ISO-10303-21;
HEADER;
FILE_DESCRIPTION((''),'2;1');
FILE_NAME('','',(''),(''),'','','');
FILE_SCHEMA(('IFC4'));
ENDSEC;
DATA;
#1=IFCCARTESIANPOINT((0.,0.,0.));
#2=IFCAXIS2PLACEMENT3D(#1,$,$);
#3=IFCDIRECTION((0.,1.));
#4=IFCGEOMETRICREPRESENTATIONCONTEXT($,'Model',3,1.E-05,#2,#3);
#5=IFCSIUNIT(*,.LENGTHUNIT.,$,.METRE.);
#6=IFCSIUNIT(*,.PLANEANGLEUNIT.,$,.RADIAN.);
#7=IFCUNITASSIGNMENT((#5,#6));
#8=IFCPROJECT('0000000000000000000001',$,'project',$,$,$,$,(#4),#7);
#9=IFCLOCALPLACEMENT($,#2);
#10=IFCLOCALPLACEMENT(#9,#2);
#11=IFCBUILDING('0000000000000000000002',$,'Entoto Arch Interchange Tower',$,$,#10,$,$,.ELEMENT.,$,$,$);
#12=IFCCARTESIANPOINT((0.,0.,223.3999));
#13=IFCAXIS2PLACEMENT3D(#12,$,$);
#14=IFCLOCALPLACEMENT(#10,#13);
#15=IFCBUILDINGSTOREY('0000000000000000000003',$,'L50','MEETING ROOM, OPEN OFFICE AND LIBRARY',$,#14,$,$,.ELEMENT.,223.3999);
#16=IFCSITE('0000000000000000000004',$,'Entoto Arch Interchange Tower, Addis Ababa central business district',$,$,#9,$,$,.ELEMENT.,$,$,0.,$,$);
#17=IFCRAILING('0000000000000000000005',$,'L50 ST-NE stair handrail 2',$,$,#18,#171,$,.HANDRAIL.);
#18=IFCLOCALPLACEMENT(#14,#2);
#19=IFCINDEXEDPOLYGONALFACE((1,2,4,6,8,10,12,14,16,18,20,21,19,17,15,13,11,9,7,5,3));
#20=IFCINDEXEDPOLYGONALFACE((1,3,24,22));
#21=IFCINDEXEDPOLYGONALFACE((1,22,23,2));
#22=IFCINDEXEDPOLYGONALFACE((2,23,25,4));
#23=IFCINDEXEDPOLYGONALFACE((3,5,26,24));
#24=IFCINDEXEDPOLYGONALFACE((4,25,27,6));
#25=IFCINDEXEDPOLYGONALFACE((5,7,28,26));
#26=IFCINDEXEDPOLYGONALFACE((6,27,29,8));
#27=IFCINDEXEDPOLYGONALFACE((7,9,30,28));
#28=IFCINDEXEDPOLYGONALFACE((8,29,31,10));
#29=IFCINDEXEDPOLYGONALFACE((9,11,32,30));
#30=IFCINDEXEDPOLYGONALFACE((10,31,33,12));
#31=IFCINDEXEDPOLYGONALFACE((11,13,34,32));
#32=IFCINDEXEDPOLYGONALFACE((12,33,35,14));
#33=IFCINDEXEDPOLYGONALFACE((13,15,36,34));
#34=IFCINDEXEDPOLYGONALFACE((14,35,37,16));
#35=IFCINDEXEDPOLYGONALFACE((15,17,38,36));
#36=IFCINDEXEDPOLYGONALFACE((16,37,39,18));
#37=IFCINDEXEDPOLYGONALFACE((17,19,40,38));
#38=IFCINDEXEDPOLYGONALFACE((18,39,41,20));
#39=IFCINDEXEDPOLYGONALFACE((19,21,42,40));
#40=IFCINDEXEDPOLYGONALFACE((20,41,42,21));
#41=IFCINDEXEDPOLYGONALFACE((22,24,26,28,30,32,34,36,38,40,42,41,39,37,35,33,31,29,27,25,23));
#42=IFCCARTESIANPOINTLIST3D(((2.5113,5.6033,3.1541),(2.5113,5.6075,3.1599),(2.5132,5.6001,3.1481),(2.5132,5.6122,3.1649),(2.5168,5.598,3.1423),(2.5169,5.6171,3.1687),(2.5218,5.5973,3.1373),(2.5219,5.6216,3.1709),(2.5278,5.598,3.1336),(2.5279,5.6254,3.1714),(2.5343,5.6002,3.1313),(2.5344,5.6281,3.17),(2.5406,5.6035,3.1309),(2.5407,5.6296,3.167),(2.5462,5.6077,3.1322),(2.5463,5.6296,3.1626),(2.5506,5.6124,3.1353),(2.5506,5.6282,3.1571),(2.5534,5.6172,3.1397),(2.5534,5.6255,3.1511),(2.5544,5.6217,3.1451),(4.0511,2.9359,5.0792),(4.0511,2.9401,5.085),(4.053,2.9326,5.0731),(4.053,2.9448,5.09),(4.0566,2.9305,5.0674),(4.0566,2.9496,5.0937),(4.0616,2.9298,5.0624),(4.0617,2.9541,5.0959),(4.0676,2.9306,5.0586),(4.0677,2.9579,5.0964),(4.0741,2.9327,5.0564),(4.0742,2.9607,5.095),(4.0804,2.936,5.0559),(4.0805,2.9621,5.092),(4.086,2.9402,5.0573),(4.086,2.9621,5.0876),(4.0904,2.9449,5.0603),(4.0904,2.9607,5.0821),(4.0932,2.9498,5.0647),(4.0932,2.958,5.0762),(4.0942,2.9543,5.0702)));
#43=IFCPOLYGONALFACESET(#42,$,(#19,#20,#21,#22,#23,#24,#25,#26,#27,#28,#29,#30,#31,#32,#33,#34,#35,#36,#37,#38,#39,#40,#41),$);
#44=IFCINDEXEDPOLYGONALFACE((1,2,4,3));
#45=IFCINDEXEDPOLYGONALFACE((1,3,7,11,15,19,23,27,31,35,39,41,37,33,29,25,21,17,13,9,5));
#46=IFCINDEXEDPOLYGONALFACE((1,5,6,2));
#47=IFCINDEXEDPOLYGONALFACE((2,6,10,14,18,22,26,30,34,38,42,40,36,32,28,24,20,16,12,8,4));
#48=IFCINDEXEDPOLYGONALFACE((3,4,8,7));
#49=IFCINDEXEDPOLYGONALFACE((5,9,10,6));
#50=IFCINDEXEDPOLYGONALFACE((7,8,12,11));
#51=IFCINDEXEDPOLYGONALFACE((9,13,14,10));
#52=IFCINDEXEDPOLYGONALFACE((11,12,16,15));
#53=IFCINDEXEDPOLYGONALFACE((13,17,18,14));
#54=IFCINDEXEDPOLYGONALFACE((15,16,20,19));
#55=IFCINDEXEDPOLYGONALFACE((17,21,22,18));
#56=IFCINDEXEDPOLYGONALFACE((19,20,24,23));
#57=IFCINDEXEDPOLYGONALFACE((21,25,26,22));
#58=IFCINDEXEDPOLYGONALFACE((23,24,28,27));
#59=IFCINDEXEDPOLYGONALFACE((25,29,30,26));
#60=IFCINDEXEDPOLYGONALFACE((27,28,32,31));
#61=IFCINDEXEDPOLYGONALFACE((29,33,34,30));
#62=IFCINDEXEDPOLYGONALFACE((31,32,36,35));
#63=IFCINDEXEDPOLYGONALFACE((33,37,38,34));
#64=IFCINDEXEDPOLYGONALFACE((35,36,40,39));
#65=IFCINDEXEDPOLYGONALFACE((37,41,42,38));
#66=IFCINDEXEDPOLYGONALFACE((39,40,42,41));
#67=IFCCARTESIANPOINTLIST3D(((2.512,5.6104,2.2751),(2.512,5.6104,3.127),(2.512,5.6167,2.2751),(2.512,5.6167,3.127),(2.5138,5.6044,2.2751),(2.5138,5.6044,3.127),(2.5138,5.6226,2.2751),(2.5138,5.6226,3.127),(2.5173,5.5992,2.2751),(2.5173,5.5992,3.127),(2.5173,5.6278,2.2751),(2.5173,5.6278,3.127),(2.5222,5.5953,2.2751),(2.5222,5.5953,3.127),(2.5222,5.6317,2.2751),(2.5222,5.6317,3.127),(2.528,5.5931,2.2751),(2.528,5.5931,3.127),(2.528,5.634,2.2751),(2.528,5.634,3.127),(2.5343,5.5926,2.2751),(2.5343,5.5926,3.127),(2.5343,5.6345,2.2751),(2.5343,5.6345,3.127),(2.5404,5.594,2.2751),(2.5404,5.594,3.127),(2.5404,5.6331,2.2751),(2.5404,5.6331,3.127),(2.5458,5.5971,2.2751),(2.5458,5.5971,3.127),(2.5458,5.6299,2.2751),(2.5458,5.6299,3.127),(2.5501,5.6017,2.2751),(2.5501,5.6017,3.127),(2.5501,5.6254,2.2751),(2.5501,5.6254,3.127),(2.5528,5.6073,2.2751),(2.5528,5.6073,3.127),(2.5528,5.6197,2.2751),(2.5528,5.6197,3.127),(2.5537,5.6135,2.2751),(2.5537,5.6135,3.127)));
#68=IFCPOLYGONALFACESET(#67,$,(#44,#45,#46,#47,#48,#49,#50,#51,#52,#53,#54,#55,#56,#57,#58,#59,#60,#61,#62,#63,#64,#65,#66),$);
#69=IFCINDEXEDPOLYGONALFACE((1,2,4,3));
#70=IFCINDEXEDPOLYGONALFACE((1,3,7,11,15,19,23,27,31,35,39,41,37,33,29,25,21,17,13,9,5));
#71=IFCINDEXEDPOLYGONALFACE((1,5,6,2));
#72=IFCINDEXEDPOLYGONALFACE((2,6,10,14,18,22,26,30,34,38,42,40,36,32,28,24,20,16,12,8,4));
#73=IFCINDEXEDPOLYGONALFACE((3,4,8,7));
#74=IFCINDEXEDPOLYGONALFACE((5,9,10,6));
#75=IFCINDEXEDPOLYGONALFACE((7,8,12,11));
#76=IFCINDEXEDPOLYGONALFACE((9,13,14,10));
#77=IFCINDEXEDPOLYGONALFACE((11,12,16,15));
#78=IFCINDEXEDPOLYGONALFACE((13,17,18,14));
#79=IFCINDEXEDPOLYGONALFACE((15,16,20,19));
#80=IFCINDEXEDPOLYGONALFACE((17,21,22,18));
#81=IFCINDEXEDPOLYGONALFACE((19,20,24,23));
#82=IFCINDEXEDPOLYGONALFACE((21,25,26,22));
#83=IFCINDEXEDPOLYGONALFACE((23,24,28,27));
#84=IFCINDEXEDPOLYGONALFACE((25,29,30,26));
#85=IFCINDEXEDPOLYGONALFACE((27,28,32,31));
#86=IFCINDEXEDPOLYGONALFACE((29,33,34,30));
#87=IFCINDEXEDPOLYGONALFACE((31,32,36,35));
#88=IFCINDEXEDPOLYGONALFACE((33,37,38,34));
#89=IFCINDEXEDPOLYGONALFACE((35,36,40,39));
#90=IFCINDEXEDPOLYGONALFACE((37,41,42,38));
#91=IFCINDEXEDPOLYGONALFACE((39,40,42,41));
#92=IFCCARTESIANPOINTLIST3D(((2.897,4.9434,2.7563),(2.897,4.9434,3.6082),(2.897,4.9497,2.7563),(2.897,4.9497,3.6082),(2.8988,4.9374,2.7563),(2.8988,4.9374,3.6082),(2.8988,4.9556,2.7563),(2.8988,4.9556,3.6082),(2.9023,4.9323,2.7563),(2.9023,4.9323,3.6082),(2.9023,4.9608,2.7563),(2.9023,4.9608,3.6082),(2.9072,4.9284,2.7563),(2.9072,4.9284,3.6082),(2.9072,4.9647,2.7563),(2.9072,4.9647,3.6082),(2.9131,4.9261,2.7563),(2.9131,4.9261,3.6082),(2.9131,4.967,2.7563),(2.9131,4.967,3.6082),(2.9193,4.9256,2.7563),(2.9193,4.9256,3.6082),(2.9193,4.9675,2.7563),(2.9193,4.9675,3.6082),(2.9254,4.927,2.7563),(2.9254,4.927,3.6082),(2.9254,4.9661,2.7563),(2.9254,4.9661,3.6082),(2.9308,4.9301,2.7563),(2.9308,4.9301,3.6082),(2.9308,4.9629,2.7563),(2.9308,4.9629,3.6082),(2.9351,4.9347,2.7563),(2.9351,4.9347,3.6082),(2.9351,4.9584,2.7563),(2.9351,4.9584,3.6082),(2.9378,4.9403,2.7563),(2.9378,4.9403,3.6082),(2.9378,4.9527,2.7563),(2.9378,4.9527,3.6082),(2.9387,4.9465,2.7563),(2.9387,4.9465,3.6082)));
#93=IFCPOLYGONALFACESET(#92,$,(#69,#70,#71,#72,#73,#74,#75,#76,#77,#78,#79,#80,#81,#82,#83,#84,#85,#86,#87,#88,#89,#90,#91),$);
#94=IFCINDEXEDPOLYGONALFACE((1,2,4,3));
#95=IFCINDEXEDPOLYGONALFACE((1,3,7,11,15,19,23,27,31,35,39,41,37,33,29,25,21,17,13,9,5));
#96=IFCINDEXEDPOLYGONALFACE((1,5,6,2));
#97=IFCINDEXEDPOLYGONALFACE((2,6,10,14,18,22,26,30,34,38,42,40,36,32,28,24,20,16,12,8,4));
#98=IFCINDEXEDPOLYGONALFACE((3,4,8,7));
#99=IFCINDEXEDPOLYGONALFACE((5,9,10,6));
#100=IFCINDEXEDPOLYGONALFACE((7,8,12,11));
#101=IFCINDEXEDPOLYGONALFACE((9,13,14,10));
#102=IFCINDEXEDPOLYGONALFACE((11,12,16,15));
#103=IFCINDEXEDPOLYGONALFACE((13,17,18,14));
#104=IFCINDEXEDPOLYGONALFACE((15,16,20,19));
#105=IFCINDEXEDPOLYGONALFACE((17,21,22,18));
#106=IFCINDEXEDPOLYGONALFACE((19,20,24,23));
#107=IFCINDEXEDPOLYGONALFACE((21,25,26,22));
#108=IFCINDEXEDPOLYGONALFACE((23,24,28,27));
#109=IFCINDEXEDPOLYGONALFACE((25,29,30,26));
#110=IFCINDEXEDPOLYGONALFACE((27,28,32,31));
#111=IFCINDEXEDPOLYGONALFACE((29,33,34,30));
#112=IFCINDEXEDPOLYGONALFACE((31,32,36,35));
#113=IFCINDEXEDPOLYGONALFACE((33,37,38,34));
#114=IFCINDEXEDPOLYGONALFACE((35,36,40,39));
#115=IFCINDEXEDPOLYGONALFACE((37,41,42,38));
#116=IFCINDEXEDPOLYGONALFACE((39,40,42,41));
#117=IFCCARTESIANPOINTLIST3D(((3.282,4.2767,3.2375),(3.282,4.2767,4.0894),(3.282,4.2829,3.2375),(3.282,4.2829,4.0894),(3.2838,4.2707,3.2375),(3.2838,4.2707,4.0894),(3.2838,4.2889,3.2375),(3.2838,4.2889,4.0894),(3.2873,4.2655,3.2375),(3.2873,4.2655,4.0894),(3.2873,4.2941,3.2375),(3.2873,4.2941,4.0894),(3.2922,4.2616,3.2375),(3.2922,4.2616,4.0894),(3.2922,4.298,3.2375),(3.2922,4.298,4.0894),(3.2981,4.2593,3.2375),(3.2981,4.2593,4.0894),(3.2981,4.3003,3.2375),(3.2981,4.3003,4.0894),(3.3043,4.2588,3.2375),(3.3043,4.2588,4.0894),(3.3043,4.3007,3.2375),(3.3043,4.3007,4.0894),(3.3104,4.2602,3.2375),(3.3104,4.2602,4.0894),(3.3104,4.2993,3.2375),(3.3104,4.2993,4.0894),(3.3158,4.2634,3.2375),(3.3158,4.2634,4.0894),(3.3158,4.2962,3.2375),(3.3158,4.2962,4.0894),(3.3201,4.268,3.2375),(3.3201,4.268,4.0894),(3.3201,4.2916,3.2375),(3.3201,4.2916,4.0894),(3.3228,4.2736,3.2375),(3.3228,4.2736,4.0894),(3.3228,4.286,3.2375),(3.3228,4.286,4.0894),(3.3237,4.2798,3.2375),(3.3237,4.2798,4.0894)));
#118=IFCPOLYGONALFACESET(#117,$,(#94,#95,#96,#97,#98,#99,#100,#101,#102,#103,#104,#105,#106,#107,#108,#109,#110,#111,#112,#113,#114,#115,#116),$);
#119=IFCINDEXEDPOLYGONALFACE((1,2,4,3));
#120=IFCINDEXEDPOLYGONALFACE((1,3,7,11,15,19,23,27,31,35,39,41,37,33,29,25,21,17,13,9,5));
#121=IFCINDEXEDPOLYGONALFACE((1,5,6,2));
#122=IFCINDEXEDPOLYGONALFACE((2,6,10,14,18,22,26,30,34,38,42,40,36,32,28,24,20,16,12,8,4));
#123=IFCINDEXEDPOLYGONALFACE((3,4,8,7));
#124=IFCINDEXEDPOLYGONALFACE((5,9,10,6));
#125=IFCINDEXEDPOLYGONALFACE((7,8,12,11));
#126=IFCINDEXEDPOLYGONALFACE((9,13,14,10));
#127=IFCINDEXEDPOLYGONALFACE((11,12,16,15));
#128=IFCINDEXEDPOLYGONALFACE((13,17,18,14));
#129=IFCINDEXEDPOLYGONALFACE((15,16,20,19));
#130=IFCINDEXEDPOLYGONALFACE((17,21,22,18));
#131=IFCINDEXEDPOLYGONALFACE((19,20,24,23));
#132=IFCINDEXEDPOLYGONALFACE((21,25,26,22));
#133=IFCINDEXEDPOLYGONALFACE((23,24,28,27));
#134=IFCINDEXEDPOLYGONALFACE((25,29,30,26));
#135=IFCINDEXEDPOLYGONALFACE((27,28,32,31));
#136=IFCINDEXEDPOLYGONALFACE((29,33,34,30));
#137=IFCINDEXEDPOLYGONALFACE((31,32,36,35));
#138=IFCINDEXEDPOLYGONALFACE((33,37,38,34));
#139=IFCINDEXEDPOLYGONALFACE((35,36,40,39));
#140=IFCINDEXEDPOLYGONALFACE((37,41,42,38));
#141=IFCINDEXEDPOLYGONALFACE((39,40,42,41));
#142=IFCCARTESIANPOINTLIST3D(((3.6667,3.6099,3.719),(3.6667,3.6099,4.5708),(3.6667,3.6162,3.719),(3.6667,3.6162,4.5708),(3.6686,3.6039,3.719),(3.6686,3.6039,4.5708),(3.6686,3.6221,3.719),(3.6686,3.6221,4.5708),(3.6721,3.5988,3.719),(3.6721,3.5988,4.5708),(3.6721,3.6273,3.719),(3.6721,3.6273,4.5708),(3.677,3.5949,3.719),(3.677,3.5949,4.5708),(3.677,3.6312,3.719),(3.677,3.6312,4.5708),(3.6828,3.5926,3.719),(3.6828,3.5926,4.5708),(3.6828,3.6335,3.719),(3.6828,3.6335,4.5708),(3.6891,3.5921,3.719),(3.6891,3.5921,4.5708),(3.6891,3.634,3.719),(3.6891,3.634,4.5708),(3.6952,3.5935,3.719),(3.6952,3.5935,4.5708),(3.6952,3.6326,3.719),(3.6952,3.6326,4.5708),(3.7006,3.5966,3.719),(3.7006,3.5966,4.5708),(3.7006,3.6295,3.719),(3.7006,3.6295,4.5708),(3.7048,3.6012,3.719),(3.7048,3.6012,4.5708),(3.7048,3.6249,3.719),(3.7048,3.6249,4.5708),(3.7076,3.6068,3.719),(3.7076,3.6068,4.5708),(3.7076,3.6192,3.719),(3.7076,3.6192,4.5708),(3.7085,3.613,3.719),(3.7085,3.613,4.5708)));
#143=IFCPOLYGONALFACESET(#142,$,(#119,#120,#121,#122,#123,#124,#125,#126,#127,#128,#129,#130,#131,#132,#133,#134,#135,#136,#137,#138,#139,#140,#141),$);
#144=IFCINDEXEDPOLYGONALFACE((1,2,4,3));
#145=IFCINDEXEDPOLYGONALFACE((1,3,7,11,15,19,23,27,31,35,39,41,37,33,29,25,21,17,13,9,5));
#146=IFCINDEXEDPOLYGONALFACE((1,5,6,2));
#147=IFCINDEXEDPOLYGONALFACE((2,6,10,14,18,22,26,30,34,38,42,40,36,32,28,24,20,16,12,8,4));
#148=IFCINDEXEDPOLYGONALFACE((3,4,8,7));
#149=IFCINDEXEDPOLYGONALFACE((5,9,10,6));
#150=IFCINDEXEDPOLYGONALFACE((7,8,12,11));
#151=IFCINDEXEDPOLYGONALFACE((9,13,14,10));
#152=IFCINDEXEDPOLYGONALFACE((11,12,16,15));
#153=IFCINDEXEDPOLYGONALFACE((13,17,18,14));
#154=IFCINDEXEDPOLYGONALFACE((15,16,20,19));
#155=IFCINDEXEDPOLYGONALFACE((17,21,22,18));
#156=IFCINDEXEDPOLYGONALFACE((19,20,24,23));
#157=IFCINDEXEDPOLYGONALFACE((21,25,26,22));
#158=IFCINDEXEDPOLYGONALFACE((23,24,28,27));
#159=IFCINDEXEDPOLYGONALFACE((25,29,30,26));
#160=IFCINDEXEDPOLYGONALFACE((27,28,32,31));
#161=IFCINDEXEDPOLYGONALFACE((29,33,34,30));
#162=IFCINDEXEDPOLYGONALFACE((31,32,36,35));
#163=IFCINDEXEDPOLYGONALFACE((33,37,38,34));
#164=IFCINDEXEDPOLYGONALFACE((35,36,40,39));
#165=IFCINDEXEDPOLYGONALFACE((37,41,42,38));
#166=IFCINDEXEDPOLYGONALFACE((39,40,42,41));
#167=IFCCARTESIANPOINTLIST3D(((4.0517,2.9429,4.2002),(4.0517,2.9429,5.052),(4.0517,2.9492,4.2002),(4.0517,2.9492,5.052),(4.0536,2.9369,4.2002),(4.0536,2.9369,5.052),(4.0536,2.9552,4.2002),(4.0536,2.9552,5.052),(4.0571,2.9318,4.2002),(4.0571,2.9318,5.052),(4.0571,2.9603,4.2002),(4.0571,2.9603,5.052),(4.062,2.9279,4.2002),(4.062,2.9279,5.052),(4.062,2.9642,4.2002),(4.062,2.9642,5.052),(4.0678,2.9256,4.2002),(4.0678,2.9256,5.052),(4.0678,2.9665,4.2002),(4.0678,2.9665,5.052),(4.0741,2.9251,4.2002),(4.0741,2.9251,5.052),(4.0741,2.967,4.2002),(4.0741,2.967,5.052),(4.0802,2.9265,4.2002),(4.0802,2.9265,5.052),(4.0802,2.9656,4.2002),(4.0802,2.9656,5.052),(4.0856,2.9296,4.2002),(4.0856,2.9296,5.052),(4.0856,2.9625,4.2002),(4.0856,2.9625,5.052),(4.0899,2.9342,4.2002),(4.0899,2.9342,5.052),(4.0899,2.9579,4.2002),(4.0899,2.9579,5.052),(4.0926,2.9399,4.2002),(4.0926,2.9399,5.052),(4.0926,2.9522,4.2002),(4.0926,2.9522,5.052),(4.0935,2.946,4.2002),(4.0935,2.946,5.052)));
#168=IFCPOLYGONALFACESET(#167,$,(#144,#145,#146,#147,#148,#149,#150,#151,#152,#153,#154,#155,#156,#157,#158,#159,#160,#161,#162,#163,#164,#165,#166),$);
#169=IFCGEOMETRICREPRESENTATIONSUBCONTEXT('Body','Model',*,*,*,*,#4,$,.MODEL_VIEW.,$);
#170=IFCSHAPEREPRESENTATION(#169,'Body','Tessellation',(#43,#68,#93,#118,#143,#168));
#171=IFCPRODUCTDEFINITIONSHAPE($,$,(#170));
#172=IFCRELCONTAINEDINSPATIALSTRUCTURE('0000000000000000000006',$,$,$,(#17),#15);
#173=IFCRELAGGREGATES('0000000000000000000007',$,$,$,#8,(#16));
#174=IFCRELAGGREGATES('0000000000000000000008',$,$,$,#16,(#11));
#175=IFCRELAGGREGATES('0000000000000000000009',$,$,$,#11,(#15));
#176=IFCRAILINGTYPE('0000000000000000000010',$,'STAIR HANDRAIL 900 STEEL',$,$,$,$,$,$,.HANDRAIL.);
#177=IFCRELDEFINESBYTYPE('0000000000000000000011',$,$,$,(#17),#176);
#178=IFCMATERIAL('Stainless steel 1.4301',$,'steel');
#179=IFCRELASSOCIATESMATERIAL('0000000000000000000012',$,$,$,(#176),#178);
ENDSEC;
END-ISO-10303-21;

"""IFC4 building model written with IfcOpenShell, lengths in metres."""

from ifc_helpers import new_model, si_unit, direction, frame, origin, origin_2d, place, context, subcontext, project, spatial, circle, extrude, material, type_object, element, save


model = new_model("IFC4")

# Units and contexts
model_context = context("Model", 3, precision=1e-05, world=origin(), true_north=direction((0.0, 1.0)))
body_context = subcontext(model_context, "Body", "Model", "MODEL_VIEW")
ifc_project = project(units=[si_unit("LENGTHUNIT", "METRE"), si_unit("PLANEANGLEUNIT", "RADIAN")], contexts=[model_context])

# Site, building, storey
site_placement = place(None, origin())
site = spatial("IfcSite", under=ifc_project, at=site_placement, Name="Entoto Arch Interchange Tower, Addis Ababa central business district", CompositionType="ELEMENT", RefElevation=0.0)
building_placement = place(site_placement, origin())
building = spatial("IfcBuilding", under=site, at=building_placement, Name="Entoto Arch Interchange Tower", CompositionType="ELEMENT")
storey_placement = place(building_placement, frame((0.0, 0.0, 223.3999)))
storey = spatial("IfcBuildingStorey", under=building, at=storey_placement, Name="L50", Description="MEETING ROOM, OPEN OFFICE AND LIBRARY", CompositionType="ELEMENT", Elevation=223.3999)

# Railing
ifc_material_1 = material(Name="Stainless steel 1.4301", Category="steel")
railing_type_1 = type_object("IfcRailingType", Name="STAIR HANDRAIL 900 STEEL", PredefinedType="HANDRAIL", material=ifc_material_1)
railing_1_placement = place(storey_placement, frame((2.5327, 5.6135, 2.2751)))
element("IfcRailing", 1, at=railing_1_placement, inside=storey, type_object=railing_type_1, Name="L50 ST-NE stair handrail 2", PredefinedType="HANDRAIL", context=body_context, shape_type="SweptSolid", body=[
    extrude(circle(Radius=0.0239, at=origin_2d()), frame((0.0, 0.0, 0.876), z_axis=(0.423939, -0.734416, 0.530008), x_axis=(0.866064, 0.499933, 0.0)), (0.0, 0.0, 1.0), 3.6321),
    extrude(circle(Radius=0.021, at=origin_2d()), origin(), (0.0, 0.0, 1.0), 0.8518),
    extrude(circle(Radius=0.021, at=origin_2d()), frame((0.385, -0.667, 0.4812)), (0.0, 0.0, 1.0), 0.8518),
    extrude(circle(Radius=0.021, at=origin_2d()), frame((0.77, -1.3337, 0.9624)), (0.0, 0.0, 1.0), 0.8518),
    extrude(circle(Radius=0.021, at=origin_2d()), frame((1.1548, -2.0005, 1.4438)), (0.0, 0.0, 1.0), 0.8518),
    extrude(circle(Radius=0.021, at=origin_2d()), frame((1.5398, -2.6675, 1.925)), (0.0, 0.0, 1.0), 0.8518),
])

save(model, "model.ifc")
